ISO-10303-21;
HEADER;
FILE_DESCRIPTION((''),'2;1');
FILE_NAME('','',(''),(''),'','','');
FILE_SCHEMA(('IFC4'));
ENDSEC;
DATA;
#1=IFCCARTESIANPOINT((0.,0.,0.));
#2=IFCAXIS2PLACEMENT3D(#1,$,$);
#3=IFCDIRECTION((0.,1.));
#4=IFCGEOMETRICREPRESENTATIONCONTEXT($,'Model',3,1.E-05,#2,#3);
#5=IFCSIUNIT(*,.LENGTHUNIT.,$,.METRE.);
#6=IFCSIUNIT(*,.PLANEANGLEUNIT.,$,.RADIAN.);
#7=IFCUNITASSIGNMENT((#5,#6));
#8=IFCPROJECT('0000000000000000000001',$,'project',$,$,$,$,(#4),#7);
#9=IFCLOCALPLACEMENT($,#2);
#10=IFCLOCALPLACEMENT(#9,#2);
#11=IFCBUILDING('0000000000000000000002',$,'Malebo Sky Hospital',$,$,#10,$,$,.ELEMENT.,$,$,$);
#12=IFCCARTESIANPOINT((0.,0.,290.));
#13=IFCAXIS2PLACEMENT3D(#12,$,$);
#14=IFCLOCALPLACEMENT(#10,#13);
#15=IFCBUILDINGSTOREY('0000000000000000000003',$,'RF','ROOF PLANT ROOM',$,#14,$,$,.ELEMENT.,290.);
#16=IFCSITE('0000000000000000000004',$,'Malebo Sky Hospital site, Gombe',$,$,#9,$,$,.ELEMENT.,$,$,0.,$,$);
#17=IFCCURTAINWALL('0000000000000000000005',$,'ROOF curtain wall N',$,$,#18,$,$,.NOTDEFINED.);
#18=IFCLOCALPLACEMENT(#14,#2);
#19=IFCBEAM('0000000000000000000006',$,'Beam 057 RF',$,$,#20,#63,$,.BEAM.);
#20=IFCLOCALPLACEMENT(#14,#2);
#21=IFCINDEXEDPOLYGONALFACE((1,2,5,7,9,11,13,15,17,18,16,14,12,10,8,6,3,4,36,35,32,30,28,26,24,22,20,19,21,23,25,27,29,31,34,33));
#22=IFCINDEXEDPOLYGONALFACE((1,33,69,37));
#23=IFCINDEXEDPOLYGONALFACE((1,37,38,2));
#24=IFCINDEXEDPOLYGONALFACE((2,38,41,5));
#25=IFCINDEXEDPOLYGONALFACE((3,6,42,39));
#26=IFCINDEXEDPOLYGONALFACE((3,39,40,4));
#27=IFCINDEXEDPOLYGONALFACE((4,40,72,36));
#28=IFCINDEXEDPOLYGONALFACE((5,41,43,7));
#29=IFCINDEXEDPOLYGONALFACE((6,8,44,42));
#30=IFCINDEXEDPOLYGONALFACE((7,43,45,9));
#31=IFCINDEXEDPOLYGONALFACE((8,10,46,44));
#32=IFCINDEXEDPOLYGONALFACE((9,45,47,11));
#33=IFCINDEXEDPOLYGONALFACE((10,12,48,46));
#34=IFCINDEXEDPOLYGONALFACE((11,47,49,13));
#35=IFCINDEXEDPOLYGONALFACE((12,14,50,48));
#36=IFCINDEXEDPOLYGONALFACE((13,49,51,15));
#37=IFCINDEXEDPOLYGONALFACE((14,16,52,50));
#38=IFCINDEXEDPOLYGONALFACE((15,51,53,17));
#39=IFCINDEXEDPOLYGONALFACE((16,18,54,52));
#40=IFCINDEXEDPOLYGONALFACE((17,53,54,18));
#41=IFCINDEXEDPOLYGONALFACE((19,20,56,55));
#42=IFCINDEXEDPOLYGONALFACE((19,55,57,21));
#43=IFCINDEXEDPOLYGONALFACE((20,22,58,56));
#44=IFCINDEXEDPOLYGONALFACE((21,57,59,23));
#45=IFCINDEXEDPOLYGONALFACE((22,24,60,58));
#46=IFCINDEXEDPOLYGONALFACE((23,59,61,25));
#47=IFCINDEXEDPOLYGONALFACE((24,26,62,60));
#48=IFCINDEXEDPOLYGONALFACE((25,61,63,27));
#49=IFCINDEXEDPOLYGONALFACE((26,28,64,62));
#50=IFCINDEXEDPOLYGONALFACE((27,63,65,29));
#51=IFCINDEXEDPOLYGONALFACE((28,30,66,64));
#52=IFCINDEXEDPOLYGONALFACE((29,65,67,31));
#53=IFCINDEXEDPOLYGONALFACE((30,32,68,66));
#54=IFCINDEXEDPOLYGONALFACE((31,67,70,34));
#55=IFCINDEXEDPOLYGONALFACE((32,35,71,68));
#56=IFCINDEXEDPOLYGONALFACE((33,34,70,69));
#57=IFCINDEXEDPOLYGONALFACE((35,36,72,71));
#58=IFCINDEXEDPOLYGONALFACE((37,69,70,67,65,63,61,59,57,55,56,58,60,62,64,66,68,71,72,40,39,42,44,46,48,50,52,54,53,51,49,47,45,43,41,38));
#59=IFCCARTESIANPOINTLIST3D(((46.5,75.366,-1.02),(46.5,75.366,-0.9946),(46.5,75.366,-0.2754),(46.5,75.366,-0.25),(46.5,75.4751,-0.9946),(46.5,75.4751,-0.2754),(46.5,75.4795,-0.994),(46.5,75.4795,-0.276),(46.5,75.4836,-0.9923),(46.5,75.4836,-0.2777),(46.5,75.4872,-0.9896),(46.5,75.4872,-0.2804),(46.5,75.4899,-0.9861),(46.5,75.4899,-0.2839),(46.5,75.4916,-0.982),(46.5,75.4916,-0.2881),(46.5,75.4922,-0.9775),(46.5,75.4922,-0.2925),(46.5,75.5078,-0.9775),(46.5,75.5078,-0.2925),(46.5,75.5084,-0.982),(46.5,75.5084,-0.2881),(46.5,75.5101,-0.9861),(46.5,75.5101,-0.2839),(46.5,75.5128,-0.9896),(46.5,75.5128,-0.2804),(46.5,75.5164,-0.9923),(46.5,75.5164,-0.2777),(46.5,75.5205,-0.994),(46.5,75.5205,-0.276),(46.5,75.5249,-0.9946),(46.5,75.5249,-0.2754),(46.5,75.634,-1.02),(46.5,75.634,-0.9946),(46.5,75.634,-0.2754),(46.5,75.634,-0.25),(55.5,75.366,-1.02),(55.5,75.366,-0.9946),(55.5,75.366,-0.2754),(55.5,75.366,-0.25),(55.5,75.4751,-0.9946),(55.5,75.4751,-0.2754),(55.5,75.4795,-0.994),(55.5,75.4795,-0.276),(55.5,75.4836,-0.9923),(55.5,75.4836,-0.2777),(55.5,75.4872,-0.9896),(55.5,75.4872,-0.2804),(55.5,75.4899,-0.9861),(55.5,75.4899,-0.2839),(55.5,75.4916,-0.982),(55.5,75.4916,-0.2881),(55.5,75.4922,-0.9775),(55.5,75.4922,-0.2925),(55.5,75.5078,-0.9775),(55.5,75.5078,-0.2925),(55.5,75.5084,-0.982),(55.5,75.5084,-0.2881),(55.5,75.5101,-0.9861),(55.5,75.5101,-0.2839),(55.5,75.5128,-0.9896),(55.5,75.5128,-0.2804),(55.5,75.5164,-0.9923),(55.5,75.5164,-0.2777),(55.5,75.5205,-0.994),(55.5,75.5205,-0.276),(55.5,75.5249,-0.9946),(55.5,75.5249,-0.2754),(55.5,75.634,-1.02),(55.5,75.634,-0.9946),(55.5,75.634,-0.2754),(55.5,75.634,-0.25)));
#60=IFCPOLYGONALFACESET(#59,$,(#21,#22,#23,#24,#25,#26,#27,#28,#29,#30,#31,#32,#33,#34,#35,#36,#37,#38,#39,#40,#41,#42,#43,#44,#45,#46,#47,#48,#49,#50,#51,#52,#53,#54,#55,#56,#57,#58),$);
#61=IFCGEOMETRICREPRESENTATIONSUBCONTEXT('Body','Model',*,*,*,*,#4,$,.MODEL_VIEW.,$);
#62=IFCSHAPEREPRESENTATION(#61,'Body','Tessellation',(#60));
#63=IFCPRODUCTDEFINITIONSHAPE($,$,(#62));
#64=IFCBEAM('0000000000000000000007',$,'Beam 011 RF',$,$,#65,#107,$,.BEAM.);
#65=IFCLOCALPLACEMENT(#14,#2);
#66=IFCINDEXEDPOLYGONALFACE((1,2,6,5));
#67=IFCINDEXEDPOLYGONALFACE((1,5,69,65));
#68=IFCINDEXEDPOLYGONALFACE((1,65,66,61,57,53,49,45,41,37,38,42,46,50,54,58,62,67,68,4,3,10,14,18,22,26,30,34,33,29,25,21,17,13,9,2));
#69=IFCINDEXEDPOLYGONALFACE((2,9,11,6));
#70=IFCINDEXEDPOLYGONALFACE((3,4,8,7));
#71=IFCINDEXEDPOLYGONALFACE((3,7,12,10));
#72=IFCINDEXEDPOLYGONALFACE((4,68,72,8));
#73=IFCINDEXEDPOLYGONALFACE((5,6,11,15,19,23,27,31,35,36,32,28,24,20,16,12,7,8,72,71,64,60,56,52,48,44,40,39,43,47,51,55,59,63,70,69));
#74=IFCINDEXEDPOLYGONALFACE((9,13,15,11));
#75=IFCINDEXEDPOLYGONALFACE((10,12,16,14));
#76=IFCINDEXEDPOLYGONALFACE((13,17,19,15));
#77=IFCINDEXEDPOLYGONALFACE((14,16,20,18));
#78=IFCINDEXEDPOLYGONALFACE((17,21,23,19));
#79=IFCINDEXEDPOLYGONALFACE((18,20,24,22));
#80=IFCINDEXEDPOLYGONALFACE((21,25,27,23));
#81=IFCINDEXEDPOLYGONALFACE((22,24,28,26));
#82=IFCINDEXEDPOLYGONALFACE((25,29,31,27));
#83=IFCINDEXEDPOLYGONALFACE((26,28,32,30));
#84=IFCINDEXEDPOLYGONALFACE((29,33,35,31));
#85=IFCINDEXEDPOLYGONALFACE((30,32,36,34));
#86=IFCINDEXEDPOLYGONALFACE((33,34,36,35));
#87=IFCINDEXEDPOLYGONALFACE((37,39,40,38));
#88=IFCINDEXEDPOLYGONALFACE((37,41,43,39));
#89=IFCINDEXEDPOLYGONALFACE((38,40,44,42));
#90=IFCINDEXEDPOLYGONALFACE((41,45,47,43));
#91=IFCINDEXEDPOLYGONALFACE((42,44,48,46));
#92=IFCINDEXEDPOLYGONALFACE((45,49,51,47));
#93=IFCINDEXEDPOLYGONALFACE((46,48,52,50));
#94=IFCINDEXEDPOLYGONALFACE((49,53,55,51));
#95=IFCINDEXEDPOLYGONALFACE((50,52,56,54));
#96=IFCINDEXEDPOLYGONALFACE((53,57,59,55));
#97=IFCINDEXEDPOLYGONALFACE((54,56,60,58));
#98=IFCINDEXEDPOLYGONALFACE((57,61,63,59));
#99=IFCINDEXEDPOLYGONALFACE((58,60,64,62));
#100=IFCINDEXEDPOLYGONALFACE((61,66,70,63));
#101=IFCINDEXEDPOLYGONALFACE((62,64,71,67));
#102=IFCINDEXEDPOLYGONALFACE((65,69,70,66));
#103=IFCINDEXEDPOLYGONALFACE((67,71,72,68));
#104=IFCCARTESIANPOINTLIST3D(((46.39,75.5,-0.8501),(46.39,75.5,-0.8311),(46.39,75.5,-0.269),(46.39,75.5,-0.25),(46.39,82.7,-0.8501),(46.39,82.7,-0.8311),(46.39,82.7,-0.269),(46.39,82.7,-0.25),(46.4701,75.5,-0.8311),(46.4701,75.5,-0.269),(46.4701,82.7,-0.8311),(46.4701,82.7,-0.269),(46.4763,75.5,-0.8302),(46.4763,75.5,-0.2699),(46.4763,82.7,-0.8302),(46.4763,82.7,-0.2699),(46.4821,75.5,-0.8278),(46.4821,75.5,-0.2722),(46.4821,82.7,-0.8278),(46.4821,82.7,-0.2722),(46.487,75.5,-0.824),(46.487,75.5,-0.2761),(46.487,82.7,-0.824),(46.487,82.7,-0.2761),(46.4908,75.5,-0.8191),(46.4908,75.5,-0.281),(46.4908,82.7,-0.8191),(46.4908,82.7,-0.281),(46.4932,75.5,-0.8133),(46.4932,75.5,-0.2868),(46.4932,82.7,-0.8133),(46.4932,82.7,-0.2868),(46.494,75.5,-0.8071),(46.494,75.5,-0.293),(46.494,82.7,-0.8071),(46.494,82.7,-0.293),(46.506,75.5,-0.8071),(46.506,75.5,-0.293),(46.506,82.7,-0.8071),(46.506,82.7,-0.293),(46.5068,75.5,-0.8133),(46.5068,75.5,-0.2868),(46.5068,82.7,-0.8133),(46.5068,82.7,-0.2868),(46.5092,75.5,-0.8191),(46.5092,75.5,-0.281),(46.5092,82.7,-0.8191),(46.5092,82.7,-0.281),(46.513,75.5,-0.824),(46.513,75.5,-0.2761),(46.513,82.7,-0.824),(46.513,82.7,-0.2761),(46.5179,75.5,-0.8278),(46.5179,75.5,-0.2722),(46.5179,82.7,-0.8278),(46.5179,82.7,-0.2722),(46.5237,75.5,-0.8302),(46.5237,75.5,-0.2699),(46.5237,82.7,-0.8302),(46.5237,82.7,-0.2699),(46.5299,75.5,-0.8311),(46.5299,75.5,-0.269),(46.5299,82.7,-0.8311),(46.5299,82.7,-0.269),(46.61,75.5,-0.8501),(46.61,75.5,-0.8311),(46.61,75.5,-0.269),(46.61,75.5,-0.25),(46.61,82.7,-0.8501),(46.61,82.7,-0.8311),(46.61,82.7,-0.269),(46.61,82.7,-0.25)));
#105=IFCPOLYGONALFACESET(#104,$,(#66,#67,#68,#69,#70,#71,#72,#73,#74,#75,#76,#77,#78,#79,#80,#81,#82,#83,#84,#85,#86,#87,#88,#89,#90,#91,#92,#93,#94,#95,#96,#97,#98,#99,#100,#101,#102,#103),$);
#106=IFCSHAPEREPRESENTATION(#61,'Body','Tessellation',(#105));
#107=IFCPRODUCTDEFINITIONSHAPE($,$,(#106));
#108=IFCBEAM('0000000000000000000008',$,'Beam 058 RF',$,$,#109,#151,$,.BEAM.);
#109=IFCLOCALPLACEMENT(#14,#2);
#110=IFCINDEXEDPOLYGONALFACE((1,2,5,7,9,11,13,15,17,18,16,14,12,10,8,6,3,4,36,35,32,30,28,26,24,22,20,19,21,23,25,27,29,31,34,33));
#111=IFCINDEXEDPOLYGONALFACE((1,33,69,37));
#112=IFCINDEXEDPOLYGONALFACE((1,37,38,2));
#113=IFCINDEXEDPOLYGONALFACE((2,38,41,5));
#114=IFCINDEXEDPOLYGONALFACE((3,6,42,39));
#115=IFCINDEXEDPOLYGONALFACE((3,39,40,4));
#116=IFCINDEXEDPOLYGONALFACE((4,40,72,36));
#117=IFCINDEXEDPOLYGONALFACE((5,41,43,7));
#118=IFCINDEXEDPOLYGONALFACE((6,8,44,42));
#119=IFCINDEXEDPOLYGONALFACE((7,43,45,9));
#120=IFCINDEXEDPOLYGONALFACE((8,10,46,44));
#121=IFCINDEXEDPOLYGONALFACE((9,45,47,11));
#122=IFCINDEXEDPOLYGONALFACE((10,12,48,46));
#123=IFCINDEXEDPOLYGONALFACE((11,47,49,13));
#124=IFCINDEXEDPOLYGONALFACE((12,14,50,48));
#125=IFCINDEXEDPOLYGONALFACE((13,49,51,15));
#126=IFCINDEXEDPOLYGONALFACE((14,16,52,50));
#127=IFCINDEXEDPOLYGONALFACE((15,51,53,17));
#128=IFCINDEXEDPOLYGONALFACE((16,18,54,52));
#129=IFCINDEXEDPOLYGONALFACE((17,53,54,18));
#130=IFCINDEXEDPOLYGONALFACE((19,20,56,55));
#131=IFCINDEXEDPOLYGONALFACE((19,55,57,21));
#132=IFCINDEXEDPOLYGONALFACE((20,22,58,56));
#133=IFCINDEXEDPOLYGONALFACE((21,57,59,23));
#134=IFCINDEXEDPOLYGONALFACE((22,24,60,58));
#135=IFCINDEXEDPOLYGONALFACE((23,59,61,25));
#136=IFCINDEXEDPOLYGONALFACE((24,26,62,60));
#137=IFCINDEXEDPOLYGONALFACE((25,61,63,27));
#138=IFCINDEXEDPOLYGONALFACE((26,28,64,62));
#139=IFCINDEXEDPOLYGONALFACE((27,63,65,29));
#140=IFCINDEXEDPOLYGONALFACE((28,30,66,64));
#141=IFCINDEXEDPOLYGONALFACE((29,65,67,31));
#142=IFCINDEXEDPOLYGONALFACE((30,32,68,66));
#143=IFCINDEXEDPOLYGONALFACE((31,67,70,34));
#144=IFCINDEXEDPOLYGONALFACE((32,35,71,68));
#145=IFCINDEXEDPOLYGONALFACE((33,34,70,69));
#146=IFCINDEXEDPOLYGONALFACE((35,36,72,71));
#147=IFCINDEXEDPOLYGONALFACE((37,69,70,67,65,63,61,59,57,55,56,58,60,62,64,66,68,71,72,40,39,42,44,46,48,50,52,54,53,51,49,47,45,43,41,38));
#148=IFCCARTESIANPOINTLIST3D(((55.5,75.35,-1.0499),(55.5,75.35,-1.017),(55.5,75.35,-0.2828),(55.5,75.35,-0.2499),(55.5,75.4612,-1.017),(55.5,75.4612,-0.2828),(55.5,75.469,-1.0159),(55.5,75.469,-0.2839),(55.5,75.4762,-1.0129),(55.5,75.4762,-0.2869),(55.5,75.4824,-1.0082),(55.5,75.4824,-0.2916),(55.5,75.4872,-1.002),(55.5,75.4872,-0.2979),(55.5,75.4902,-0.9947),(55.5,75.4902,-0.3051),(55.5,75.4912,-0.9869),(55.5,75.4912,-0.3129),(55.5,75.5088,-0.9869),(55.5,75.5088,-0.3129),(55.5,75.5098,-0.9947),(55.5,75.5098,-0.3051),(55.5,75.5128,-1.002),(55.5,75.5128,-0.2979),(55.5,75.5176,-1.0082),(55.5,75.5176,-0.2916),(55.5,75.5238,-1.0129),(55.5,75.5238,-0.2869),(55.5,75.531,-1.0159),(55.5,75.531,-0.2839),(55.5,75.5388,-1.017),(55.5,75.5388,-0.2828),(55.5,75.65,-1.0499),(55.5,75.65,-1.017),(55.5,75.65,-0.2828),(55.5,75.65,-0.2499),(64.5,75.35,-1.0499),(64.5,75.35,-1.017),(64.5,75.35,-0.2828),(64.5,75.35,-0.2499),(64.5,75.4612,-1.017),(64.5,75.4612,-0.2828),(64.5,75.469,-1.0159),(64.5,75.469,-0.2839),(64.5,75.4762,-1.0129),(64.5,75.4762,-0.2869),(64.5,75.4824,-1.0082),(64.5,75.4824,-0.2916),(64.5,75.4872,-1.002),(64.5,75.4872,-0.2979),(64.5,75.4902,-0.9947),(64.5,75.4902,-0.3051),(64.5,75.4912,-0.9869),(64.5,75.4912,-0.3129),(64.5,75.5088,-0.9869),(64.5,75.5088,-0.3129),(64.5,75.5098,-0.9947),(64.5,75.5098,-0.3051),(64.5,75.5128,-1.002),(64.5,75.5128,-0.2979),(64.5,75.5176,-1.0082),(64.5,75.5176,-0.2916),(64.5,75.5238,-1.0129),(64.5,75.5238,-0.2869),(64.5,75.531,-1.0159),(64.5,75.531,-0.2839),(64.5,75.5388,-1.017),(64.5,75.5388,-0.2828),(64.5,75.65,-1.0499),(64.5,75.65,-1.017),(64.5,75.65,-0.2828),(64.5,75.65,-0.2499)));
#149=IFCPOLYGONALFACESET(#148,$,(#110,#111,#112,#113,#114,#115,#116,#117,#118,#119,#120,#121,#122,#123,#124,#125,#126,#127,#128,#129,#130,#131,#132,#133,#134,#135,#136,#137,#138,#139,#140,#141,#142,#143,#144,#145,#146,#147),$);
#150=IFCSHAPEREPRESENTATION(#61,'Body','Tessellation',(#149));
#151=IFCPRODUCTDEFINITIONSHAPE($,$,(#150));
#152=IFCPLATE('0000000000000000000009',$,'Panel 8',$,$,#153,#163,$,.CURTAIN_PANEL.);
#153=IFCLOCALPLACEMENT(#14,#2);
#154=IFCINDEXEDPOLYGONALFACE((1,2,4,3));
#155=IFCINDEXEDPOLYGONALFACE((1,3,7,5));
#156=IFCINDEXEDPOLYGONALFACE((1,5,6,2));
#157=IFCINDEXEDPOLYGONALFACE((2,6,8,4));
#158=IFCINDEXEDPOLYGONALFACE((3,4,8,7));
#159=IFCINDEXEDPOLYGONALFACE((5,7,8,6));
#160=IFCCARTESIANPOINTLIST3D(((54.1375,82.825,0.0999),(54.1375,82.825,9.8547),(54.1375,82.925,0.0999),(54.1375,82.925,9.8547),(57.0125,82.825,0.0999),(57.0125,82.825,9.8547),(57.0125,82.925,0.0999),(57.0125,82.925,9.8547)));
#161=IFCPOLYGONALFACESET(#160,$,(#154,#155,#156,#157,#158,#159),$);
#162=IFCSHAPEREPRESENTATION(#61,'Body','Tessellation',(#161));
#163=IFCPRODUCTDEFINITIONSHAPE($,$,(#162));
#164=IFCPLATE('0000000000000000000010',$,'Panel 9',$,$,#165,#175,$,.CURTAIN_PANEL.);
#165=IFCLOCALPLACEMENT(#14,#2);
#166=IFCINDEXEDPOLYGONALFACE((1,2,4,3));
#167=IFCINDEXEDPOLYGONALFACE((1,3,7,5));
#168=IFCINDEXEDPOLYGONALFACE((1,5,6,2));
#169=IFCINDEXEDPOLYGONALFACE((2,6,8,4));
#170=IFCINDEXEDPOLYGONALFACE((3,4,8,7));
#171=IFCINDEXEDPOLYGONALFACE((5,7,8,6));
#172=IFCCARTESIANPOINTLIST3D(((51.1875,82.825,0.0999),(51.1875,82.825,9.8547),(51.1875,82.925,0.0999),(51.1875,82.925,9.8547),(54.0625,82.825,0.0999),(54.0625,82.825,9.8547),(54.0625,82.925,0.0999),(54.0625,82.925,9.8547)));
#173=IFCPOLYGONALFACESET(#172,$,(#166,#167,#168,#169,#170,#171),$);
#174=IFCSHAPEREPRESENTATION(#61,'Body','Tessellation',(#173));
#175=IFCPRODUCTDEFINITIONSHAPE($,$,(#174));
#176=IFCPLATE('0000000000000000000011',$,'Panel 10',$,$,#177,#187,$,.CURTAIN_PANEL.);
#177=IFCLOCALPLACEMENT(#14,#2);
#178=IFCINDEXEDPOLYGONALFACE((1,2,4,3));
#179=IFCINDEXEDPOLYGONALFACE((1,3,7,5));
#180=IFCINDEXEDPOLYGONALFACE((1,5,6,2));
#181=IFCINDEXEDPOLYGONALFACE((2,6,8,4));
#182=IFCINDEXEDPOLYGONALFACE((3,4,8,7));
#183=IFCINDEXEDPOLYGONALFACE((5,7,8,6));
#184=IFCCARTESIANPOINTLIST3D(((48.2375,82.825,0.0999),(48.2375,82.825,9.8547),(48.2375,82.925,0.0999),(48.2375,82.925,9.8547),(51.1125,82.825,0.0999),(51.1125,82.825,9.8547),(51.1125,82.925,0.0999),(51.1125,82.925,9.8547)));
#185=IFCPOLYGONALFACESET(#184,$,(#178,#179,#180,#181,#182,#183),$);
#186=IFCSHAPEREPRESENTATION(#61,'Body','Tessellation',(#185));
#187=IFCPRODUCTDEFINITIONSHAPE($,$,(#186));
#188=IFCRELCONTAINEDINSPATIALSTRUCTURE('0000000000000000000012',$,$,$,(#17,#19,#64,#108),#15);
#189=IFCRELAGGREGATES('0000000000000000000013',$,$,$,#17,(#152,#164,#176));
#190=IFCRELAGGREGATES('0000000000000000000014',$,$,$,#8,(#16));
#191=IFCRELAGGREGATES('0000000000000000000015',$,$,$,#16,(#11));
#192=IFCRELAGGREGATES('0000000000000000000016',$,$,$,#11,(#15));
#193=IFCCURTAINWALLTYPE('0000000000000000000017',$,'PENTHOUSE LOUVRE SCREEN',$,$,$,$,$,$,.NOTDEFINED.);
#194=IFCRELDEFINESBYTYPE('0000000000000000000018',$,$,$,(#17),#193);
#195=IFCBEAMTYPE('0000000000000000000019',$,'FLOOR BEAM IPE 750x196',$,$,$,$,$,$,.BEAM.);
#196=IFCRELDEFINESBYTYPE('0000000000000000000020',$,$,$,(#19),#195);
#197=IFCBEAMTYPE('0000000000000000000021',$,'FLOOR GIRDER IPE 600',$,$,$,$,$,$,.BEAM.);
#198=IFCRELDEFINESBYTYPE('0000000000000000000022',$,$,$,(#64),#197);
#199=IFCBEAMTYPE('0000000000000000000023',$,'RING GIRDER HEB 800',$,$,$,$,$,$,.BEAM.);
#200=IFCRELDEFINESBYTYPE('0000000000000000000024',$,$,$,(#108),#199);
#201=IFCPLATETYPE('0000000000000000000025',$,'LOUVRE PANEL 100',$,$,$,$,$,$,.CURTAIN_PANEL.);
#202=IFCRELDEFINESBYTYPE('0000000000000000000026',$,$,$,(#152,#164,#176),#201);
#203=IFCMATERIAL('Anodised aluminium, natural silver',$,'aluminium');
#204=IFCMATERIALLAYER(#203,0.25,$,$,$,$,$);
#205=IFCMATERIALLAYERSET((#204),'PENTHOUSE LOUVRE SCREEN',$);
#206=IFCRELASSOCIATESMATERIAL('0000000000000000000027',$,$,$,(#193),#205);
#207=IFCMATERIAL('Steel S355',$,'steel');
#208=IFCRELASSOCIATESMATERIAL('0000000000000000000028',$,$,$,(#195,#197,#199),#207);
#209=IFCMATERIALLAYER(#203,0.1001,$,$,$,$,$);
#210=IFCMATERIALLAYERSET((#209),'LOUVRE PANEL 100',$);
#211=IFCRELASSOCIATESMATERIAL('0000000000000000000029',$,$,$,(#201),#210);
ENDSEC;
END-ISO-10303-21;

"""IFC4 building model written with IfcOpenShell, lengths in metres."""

from ifc_helpers import new_model, si_unit, direction, frame, origin, origin_2d, place, context, subcontext, project, spatial, rectangle, i_section, extrude, material, layer, layer_set, material_profile, profile_set, type_object, element, aggregate, save


model = new_model("IFC4")

# Units and contexts
model_context = context("Model", 3, precision=1e-05, world=origin(), true_north=direction((0.0, 1.0)))
body_context = subcontext(model_context, "Body", "Model", "MODEL_VIEW")
ifc_project = project(units=[si_unit("LENGTHUNIT", "METRE"), si_unit("PLANEANGLEUNIT", "RADIAN")], contexts=[model_context])

# Site, building, storey
site_placement = place(None, origin())
site = spatial("IfcSite", under=ifc_project, at=site_placement, Name="Malebo Sky Hospital site, Gombe", CompositionType="ELEMENT", RefElevation=0.0)
building_placement = place(site_placement, origin())
building = spatial("IfcBuilding", under=site, at=building_placement, Name="Malebo Sky Hospital", CompositionType="ELEMENT")
storey_placement = place(building_placement, frame((0.0, 0.0, 290.0)))
storey = spatial("IfcBuildingStorey", under=building, at=storey_placement, Name="RF", Description="ROOF PLANT ROOM", CompositionType="ELEMENT", Elevation=290.0)

# Shared definitions
ifc_material_1 = material(Name="Steel S355", Category="steel")

# Curtain wall
ifc_material_2 = material(Name="Anodised aluminium, natural silver", Category="aluminium")
ifc_layer_1 = layer(ifc_material_2, 0.25)
ifc_layer_set_1 = layer_set([ifc_layer_1], Name="PENTHOUSE LOUVRE SCREEN")
curtain_wall_type = type_object("IfcCurtainWallType", Name="PENTHOUSE LOUVRE SCREEN", PredefinedType="NOTDEFINED", material=ifc_layer_set_1)
curtain_wall_placement = place(storey_placement, origin())
curtain_wall = element("IfcCurtainWall", 1, at=curtain_wall_placement, inside=storey, type_object=curtain_wall_type, Name="ROOF curtain wall N", PredefinedType="NOTDEFINED")

# Beams
ifc_material_profile_1 = material_profile(ifc_material_1, i_section(OverallWidth=0.2681, OverallDepth=0.77, WebThickness=0.0156, FlangeThickness=0.0254, FilletRadius=0.0171, at=origin_2d()), Name="IPE 750x196")
ifc_profile_set_1 = profile_set([ifc_material_profile_1], Name="Steel S355")
beam_type_1 = type_object("IfcBeamType", Name="FLOOR BEAM IPE 750x196", PredefinedType="BEAM", material=ifc_profile_set_1)
beam_1_placement = place(storey_placement, frame((46.5, 75.5, -0.635), z_axis=(1.0, 0.0, 0.0), x_axis=(0.0, 1.0, 0.0)))
element("IfcBeam", 2, at=beam_1_placement, inside=storey, type_object=beam_type_1, Name="Beam 057 RF", PredefinedType="BEAM", context=body_context, shape_type="SweptSolid", body=[
    extrude(i_section(OverallWidth=0.2681, OverallDepth=0.77, WebThickness=0.0156, FlangeThickness=0.0254, FilletRadius=0.0171, at=origin_2d()), origin(), (0.0, 0.0, 1.0), 9.0),
])
ifc_material_profile_2 = material_profile(ifc_material_1, i_section(OverallWidth=0.22, OverallDepth=0.6001, WebThickness=0.012, FlangeThickness=0.019, FilletRadius=0.0239, at=origin_2d()), Name="IPE 600")
ifc_profile_set_2 = profile_set([ifc_material_profile_2], Name="Steel S355")
beam_type_2 = type_object("IfcBeamType", Name="FLOOR GIRDER IPE 600", PredefinedType="BEAM", material=ifc_profile_set_2)
beam_2_placement = place(storey_placement, frame((46.5, 75.5, -0.55), z_axis=(0.0, 1.0, 0.0), x_axis=(-1.0, 0.0, 0.0)))
element("IfcBeam", 3, at=beam_2_placement, inside=storey, type_object=beam_type_2, Name="Beam 011 RF", PredefinedType="BEAM", context=body_context, shape_type="SweptSolid", body=[
    extrude(i_section(OverallWidth=0.22, OverallDepth=0.6001, WebThickness=0.012, FlangeThickness=0.019, FilletRadius=0.0239, at=origin_2d()), origin(), (0.0, 0.0, 1.0), 7.2),
])
ifc_material_profile_3 = material_profile(ifc_material_1, i_section(OverallWidth=0.3, OverallDepth=0.8, WebThickness=0.0176, FlangeThickness=0.033, FilletRadius=0.03, at=origin_2d()), Name="HEB 800")
ifc_profile_set_3 = profile_set([ifc_material_profile_3], Name="Steel S355")
beam_type_3 = type_object("IfcBeamType", Name="RING GIRDER HEB 800", PredefinedType="BEAM", material=ifc_profile_set_3)
beam_3_placement = place(storey_placement, frame((55.5, 75.5, -0.6499), z_axis=(1.0, 0.0, 0.0), x_axis=(0.0, 1.0, 0.0)))
element("IfcBeam", 4, at=beam_3_placement, inside=storey, type_object=beam_type_3, Name="Beam 058 RF", PredefinedType="BEAM", context=body_context, shape_type="SweptSolid", body=[
    extrude(i_section(OverallWidth=0.3, OverallDepth=0.8, WebThickness=0.0176, FlangeThickness=0.033, FilletRadius=0.03, at=origin_2d()), origin(), (0.0, 0.0, 1.0), 9.0),
])

# Plates
ifc_layer_2 = layer(ifc_material_2, 0.1001)
ifc_layer_set_2 = layer_set([ifc_layer_2], Name="LOUVRE PANEL 100")
plate_type = type_object("IfcPlateType", Name="LOUVRE PANEL 100", PredefinedType="CURTAIN_PANEL", material=ifc_layer_set_2)
plate_1_placement = place(storey_placement, frame((55.575, 82.875, 0.0999), z_axis=(0.0, 0.0, 1.0), x_axis=(-1.0, 0.0, 0.0)))
plate_1 = element("IfcPlate", 5, at=plate_1_placement, type_object=plate_type, Name="Panel 8", PredefinedType="CURTAIN_PANEL", context=body_context, shape_type="SweptSolid", body=[
    extrude(rectangle(XDim=2.875, YDim=0.1001, at=origin_2d()), origin(), (0.0, 0.0, 1.0), 9.7549),
])
plate_2_placement = place(storey_placement, frame((52.625, 82.875, 0.0999), z_axis=(0.0, 0.0, 1.0), x_axis=(-1.0, 0.0, 0.0)))
plate_2 = element("IfcPlate", 6, at=plate_2_placement, type_object=plate_type, Name="Panel 9", PredefinedType="CURTAIN_PANEL", context=body_context, shape_type="SweptSolid", body=[
    extrude(rectangle(XDim=2.875, YDim=0.1001, at=origin_2d()), origin(), (0.0, 0.0, 1.0), 9.7549),
])
plate_3_placement = place(storey_placement, frame((49.675, 82.875, 0.0999), z_axis=(0.0, 0.0, 1.0), x_axis=(-1.0, 0.0, 0.0)))
plate_3 = element("IfcPlate", 7, at=plate_3_placement, type_object=plate_type, Name="Panel 10", PredefinedType="CURTAIN_PANEL", context=body_context, shape_type="SweptSolid", body=[
    extrude(rectangle(XDim=2.875, YDim=0.1001, at=origin_2d()), origin(), (0.0, 0.0, 1.0), 9.7549),
])
aggregate(curtain_wall, [plate_1, plate_2, plate_3])

save(model, "model.ifc")
